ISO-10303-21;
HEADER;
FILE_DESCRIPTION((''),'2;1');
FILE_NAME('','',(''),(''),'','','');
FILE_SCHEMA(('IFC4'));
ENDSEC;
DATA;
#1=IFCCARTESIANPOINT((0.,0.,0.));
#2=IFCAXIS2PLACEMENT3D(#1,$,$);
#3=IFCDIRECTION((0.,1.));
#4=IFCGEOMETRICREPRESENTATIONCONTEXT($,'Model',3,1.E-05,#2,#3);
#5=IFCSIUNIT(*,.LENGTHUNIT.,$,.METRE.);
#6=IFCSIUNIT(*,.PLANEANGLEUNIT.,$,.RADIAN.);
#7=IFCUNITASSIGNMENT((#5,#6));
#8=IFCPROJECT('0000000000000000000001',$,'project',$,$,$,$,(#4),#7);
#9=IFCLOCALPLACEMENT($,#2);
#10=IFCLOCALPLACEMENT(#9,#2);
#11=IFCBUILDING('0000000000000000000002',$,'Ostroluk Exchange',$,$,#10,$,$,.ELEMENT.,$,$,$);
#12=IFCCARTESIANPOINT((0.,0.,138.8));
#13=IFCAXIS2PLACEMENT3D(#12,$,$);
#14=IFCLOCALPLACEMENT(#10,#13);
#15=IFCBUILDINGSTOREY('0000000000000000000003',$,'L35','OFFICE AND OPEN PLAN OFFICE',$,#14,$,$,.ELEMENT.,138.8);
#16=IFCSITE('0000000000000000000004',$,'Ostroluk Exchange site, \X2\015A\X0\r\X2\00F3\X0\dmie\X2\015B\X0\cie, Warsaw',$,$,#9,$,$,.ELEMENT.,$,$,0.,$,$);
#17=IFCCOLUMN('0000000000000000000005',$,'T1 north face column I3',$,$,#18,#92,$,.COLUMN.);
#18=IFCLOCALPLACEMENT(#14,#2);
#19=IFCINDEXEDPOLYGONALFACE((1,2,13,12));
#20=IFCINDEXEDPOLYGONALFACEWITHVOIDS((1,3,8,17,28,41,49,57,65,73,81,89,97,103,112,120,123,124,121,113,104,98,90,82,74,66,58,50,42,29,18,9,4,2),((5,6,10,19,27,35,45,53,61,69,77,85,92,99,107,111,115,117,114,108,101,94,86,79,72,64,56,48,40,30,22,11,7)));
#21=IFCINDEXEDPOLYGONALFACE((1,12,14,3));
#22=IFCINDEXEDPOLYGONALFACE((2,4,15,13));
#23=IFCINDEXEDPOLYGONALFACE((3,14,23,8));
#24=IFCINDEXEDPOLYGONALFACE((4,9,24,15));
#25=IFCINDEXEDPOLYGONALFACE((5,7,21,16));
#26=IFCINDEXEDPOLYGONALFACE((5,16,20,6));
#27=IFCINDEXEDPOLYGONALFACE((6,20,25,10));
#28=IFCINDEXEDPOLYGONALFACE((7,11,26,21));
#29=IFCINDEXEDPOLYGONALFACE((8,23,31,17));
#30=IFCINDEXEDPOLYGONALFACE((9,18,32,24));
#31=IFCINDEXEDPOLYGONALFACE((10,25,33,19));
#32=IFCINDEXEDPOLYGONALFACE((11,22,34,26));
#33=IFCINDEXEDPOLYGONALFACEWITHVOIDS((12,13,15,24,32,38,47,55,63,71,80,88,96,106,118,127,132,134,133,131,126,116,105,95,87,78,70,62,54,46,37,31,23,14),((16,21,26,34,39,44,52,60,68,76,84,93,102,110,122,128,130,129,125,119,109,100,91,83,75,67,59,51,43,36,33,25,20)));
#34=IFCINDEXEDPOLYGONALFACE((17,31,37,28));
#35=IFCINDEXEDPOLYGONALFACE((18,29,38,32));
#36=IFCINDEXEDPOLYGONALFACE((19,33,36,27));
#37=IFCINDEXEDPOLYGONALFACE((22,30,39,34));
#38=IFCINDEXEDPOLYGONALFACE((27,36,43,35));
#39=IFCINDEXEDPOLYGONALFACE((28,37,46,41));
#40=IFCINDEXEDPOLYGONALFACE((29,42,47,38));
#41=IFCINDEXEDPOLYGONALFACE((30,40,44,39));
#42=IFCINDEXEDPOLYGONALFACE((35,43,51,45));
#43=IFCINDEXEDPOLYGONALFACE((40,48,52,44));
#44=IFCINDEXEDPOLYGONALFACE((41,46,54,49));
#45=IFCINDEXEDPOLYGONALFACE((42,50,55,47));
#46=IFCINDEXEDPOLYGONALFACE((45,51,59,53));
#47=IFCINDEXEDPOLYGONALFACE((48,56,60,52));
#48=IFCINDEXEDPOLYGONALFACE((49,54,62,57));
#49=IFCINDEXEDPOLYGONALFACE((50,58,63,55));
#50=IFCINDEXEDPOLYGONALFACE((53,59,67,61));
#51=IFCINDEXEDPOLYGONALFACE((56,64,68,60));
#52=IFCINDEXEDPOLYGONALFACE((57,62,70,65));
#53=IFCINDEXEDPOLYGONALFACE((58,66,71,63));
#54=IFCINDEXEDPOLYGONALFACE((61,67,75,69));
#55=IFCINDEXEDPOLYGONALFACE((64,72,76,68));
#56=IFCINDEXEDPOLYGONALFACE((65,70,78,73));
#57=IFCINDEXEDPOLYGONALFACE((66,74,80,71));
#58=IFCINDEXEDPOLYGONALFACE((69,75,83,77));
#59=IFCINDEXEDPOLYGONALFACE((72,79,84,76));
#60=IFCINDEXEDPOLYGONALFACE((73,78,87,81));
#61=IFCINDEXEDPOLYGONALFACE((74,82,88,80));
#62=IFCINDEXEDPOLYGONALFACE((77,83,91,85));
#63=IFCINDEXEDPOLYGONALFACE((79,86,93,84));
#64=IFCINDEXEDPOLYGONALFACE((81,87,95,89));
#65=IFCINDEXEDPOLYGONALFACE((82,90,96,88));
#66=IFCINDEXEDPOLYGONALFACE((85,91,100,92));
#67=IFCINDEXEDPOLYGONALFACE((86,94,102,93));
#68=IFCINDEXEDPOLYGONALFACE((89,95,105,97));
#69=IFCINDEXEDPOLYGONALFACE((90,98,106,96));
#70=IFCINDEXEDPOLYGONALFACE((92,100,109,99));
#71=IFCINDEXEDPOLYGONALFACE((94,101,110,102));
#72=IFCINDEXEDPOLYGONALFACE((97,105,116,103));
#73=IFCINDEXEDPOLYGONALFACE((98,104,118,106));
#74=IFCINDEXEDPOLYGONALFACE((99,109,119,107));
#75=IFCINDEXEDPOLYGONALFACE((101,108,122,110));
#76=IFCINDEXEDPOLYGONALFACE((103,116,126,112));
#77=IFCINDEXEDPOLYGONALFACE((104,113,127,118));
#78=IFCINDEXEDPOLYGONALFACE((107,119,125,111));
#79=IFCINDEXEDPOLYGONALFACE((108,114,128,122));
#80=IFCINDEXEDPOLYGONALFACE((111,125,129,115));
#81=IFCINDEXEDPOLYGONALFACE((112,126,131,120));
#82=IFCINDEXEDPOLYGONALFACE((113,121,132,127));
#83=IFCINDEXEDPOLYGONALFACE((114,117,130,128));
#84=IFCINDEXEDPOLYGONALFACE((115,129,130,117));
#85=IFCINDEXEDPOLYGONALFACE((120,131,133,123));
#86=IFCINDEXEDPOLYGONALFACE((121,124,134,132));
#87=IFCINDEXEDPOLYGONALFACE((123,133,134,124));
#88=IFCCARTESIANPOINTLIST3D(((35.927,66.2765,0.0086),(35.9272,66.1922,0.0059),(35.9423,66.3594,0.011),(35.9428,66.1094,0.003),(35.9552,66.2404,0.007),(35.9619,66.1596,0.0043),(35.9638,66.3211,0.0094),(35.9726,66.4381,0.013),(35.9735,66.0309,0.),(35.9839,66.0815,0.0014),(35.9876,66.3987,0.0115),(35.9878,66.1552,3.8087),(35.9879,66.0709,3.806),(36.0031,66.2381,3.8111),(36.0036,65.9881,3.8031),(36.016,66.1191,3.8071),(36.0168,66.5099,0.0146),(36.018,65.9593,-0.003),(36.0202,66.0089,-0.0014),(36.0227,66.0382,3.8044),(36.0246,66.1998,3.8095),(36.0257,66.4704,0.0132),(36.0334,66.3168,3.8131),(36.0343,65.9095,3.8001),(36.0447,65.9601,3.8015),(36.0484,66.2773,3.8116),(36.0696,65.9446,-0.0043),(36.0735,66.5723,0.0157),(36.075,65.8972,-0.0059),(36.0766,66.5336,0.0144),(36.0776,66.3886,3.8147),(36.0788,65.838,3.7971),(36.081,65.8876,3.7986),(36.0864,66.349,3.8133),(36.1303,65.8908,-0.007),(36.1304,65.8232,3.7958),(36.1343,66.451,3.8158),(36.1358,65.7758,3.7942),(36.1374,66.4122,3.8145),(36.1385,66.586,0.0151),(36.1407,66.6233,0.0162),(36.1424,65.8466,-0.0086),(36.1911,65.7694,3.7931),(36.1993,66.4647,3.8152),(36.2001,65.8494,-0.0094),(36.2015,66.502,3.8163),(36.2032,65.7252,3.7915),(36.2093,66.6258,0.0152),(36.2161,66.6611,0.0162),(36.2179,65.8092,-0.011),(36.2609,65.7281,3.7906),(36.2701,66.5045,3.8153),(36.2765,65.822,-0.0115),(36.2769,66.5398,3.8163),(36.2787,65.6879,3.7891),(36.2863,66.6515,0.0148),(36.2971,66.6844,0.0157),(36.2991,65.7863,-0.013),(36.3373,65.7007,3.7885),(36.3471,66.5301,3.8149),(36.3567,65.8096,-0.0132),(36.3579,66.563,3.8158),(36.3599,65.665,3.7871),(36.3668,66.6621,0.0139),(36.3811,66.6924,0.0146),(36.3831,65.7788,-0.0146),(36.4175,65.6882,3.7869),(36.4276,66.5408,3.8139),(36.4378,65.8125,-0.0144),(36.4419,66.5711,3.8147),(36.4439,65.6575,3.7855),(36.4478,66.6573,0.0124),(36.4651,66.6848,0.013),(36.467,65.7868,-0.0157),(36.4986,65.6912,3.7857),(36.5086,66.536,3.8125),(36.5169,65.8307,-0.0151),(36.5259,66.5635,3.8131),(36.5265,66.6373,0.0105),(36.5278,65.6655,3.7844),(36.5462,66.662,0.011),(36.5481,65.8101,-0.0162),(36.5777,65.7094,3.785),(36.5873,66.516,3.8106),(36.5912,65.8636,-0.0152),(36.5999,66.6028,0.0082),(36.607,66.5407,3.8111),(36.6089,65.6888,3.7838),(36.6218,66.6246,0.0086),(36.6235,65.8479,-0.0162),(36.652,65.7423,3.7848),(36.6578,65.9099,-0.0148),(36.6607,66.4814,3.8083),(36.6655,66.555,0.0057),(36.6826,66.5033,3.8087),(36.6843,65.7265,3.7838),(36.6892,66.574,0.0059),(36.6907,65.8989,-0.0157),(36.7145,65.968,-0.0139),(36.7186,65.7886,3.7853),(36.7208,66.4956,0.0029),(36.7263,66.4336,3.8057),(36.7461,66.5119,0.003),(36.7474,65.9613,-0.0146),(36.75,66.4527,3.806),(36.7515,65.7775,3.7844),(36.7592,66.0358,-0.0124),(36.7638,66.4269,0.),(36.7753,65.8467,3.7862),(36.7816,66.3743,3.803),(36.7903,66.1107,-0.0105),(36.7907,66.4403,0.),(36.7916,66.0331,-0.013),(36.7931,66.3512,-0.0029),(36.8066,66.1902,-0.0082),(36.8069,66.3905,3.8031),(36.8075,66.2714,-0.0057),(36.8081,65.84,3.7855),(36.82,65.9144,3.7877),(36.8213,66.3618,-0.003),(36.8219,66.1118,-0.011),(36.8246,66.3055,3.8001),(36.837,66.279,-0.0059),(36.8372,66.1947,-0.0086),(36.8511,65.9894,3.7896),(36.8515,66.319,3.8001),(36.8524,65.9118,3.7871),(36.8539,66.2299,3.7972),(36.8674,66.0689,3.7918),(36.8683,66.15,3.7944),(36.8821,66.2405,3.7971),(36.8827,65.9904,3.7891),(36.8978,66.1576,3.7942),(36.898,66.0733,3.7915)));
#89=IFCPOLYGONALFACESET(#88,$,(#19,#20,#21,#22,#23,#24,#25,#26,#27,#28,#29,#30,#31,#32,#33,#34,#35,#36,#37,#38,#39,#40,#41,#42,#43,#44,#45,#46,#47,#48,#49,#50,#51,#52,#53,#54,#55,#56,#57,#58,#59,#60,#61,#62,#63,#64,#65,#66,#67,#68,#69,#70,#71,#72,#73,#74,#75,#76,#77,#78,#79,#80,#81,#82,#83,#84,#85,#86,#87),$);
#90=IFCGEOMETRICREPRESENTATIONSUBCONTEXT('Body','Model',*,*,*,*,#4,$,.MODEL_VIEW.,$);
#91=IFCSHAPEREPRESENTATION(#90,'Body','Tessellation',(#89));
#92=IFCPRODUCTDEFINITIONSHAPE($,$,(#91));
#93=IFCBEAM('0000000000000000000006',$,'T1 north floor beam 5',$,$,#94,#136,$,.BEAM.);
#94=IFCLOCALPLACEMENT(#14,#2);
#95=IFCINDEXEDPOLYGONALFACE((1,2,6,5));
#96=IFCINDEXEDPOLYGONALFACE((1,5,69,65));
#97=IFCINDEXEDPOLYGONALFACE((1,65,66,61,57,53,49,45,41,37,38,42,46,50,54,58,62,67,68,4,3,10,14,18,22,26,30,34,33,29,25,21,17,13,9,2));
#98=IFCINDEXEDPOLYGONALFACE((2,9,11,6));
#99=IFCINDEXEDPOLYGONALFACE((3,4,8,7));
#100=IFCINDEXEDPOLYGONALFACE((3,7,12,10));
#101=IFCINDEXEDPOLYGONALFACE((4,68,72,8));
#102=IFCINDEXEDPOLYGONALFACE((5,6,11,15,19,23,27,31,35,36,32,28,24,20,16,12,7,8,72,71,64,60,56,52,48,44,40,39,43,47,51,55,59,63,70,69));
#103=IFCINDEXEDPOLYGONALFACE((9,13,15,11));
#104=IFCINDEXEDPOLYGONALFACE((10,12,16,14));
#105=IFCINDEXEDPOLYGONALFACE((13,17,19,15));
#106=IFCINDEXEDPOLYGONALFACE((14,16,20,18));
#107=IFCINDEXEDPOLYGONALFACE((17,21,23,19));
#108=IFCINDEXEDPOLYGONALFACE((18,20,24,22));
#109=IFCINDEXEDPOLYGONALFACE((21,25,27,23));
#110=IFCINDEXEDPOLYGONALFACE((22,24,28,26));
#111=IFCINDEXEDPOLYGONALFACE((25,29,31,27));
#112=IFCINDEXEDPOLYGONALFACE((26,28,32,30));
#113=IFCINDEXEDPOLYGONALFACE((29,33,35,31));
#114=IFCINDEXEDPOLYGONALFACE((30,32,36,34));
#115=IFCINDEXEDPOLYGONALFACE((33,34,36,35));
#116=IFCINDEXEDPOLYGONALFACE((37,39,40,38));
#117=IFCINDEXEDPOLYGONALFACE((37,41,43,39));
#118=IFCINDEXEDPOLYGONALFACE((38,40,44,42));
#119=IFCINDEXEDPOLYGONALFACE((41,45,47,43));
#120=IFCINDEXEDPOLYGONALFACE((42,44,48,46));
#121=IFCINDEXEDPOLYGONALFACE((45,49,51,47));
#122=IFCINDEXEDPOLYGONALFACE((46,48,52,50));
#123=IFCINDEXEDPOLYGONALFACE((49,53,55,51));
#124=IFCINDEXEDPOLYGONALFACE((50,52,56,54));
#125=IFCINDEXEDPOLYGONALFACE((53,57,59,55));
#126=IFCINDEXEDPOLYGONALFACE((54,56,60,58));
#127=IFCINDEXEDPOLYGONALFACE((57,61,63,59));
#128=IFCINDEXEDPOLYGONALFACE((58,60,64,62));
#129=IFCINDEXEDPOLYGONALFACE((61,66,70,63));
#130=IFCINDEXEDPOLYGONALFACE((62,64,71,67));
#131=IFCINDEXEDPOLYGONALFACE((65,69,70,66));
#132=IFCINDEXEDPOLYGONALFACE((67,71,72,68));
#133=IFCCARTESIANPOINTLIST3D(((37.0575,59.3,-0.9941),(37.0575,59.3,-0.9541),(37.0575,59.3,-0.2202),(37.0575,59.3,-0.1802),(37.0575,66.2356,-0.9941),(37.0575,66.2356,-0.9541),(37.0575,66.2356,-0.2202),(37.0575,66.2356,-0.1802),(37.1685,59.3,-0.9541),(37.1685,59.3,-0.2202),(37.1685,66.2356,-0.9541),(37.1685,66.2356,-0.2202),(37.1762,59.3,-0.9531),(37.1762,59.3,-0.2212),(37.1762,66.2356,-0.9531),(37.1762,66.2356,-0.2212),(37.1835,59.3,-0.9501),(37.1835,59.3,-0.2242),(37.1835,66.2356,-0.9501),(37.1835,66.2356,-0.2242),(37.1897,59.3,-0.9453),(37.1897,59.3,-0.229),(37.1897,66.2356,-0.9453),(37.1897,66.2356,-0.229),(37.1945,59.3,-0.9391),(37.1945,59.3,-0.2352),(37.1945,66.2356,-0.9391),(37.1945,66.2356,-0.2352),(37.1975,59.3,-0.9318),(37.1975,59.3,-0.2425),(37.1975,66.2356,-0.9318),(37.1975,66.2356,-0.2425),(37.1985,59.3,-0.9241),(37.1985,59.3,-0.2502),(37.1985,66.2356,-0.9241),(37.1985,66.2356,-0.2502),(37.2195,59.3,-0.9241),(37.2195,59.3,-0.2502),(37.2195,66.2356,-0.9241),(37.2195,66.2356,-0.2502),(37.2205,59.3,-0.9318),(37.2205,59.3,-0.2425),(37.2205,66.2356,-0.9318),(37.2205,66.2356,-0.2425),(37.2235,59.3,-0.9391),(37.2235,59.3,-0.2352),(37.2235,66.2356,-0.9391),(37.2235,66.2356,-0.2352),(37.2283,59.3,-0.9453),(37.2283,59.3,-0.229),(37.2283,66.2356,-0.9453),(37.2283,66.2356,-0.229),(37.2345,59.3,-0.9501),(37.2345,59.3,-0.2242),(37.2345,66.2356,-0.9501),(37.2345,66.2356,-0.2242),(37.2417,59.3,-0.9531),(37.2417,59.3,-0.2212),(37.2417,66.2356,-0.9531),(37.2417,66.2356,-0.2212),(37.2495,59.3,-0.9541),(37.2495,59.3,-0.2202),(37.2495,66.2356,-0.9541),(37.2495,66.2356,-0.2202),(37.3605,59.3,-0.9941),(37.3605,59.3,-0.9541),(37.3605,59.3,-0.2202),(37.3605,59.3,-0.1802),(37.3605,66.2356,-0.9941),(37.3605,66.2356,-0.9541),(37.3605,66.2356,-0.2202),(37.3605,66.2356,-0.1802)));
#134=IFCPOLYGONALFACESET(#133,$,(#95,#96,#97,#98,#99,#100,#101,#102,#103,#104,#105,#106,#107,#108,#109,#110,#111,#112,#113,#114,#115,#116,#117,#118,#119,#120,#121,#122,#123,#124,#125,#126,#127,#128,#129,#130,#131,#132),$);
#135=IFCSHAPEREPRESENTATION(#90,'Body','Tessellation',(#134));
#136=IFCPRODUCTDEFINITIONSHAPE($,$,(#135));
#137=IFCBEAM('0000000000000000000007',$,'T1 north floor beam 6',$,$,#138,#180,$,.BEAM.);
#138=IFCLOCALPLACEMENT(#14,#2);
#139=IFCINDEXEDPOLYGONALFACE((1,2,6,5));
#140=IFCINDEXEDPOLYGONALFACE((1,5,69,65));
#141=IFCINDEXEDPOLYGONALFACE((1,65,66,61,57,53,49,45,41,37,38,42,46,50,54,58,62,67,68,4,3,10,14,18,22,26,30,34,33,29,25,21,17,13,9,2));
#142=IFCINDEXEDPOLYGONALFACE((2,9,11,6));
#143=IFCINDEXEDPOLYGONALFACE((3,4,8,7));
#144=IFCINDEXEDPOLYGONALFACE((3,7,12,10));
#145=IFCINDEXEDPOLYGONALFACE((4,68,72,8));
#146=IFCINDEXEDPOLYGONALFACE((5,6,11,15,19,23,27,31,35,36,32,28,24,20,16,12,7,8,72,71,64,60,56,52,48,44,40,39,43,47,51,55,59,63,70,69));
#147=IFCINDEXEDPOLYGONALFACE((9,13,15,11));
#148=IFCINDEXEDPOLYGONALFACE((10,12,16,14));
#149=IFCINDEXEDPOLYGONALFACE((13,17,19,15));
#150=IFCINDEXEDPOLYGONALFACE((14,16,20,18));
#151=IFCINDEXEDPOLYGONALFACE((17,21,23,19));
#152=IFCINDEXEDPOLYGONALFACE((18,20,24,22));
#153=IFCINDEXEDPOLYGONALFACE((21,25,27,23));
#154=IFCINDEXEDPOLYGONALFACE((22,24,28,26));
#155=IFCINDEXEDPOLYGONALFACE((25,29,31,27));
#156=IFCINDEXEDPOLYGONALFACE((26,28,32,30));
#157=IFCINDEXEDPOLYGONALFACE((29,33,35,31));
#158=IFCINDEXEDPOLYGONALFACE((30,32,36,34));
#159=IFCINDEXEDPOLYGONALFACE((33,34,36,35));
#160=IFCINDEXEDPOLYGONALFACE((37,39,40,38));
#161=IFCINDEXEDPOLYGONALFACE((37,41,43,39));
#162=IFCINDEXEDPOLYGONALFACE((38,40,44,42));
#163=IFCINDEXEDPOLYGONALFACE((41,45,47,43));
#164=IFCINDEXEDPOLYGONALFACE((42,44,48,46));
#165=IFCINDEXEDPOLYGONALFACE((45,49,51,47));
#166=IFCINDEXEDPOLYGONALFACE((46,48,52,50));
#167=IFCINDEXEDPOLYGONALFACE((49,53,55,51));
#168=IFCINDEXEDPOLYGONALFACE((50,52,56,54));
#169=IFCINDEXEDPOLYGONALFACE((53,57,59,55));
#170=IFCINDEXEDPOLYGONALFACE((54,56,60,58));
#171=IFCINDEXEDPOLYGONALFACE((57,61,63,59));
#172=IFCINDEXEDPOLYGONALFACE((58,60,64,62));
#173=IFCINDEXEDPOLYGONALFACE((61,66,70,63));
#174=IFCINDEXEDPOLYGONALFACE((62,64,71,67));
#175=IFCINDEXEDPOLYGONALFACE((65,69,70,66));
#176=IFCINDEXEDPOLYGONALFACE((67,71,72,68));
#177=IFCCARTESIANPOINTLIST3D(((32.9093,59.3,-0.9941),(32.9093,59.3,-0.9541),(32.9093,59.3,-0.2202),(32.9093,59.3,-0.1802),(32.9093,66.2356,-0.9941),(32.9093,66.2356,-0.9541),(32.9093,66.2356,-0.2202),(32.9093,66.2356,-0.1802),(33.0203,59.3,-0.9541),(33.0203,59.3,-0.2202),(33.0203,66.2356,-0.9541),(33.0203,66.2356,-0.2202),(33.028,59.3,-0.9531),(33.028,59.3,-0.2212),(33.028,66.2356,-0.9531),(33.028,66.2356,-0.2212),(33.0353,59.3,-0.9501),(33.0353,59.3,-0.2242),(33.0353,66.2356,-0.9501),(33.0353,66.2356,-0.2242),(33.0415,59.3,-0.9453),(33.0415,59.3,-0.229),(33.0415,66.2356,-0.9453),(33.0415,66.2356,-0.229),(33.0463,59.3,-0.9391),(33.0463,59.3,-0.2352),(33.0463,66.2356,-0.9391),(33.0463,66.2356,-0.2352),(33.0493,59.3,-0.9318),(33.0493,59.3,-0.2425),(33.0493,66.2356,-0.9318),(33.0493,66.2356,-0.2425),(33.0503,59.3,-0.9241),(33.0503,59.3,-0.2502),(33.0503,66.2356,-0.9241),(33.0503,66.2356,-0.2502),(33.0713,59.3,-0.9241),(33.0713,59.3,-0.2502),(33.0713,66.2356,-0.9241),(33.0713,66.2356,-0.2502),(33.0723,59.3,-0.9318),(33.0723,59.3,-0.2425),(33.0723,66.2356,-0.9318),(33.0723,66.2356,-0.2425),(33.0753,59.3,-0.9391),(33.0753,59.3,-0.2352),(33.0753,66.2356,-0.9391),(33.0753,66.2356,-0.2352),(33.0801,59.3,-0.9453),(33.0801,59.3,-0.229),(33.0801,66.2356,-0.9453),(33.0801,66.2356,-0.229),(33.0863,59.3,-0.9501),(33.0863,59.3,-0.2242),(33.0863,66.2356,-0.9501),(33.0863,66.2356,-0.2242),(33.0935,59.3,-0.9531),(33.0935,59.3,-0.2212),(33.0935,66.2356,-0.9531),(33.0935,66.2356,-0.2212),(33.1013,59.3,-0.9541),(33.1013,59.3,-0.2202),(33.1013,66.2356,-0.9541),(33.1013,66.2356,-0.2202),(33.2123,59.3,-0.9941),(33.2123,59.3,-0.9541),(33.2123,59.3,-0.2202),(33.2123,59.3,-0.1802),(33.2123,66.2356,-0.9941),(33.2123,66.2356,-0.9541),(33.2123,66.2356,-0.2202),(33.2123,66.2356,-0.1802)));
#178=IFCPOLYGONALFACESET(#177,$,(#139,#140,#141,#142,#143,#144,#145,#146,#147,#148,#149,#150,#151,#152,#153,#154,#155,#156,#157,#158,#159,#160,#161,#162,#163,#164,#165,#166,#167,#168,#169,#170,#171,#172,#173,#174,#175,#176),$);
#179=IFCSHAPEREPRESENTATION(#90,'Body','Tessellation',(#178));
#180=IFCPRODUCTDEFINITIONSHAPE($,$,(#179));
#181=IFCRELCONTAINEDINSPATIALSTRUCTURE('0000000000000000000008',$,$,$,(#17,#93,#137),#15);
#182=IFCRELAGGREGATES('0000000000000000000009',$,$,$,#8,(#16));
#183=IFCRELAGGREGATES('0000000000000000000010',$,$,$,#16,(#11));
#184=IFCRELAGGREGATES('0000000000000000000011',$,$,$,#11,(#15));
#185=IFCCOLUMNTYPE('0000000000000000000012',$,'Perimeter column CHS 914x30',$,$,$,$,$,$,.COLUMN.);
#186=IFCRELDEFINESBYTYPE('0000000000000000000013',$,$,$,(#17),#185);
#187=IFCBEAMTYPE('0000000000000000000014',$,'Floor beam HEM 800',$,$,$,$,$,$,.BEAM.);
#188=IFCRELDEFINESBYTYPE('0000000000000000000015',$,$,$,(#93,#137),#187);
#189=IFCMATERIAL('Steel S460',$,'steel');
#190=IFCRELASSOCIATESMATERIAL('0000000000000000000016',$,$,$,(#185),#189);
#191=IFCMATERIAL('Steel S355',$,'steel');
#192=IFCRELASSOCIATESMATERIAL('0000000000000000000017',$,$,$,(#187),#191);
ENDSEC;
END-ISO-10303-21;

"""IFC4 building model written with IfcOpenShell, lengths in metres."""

from ifc_helpers import new_model, si_unit, direction, frame, origin, origin_2d, place, context, subcontext, project, spatial, hollow_circle, i_section, extrude, material, material_profile, profile_set, type_object, element, save


model = new_model("IFC4")

# Units and contexts
model_context = context("Model", 3, precision=1e-05, world=origin(), true_north=direction((0.0, 1.0)))
body_context = subcontext(model_context, "Body", "Model", "MODEL_VIEW")
ifc_project = project(units=[si_unit("LENGTHUNIT", "METRE"), si_unit("PLANEANGLEUNIT", "RADIAN")], contexts=[model_context])

# Site, building, storey
site_placement = place(None, origin())
site = spatial("IfcSite", under=ifc_project, at=site_placement, Name="Ostroluk Exchange site, Śródmieście, Warsaw", CompositionType="ELEMENT", RefElevation=0.0)
building_placement = place(site_placement, origin())
building = spatial("IfcBuilding", under=site, at=building_placement, Name="Ostroluk Exchange", CompositionType="ELEMENT")
storey_placement = place(building_placement, frame((0.0, 0.0, 138.8)))
storey = spatial("IfcBuildingStorey", under=building, at=storey_placement, Name="L35", Description="OFFICE AND OPEN PLAN OFFICE", CompositionType="ELEMENT", Elevation=138.8)

# Column
ifc_material_1 = material(Name="Steel S460", Category="steel")
ifc_material_profile_1 = material_profile(ifc_material_1, hollow_circle(Radius=0.457, WallThickness=0.03, at=origin_2d()), Name="CHS 914x30")
ifc_profile_set_1 = profile_set([ifc_material_profile_1], Name="Steel S460")
column_type = type_object("IfcColumnType", Name="Perimeter column CHS 914x30", PredefinedType="COLUMN", material=ifc_profile_set_1)
column_placement = place(storey_placement, frame((36.3821, 66.2356, 0.0), z_axis=(0.015987, -0.03191, 0.999363), x_axis=(0.894067, 0.447933, 0.0)))
element("IfcColumn", 1, at=column_placement, inside=storey, type_object=column_type, Name="T1 north face column I3", PredefinedType="COLUMN", context=body_context, shape_type="SweptSolid", body=[
    extrude(hollow_circle(Radius=0.457, WallThickness=0.03, at=origin_2d()), origin(), (0.0, 0.0, 1.0), 3.8025),
])

# Beams
ifc_material_2 = material(Name="Steel S355", Category="steel")
ifc_material_profile_2 = material_profile(ifc_material_2, i_section(OverallWidth=0.303, OverallDepth=0.814, WebThickness=0.021, FlangeThickness=0.04, FilletRadius=0.03, at=origin_2d()), Name="HEM 800")
ifc_profile_set_2 = profile_set([ifc_material_profile_2], Name="Steel S355")
beam_type_1 = type_object("IfcBeamType", Name="Floor beam HEM 800", PredefinedType="BEAM", material=ifc_profile_set_2)
for number, where, z_axis, x_axis, name in (
    (2, (37.209, 59.3, -0.5872), (0.0, 1.0, 0.0), (-1.0, 0.0, 0.0), "T1 north floor beam 5"),
    (3, (33.0608, 59.3, -0.5872), (0.0, 1.0, 0.0), (-1.0, 0.0, 0.0), "T1 north floor beam 6"),
):
    element("IfcBeam", number, at=place(storey_placement, frame(where, z_axis=z_axis, x_axis=x_axis)), inside=storey, type_object=beam_type_1, Name=name, PredefinedType="BEAM", context=body_context, shape_type="SweptSolid", body=[
        extrude(i_section(OverallWidth=0.303, OverallDepth=0.814, WebThickness=0.021, FlangeThickness=0.04, FilletRadius=0.03, at=origin_2d()), origin(), (0.0, 0.0, 1.0), 6.9355),
    ])

save(model, "model.ifc")
